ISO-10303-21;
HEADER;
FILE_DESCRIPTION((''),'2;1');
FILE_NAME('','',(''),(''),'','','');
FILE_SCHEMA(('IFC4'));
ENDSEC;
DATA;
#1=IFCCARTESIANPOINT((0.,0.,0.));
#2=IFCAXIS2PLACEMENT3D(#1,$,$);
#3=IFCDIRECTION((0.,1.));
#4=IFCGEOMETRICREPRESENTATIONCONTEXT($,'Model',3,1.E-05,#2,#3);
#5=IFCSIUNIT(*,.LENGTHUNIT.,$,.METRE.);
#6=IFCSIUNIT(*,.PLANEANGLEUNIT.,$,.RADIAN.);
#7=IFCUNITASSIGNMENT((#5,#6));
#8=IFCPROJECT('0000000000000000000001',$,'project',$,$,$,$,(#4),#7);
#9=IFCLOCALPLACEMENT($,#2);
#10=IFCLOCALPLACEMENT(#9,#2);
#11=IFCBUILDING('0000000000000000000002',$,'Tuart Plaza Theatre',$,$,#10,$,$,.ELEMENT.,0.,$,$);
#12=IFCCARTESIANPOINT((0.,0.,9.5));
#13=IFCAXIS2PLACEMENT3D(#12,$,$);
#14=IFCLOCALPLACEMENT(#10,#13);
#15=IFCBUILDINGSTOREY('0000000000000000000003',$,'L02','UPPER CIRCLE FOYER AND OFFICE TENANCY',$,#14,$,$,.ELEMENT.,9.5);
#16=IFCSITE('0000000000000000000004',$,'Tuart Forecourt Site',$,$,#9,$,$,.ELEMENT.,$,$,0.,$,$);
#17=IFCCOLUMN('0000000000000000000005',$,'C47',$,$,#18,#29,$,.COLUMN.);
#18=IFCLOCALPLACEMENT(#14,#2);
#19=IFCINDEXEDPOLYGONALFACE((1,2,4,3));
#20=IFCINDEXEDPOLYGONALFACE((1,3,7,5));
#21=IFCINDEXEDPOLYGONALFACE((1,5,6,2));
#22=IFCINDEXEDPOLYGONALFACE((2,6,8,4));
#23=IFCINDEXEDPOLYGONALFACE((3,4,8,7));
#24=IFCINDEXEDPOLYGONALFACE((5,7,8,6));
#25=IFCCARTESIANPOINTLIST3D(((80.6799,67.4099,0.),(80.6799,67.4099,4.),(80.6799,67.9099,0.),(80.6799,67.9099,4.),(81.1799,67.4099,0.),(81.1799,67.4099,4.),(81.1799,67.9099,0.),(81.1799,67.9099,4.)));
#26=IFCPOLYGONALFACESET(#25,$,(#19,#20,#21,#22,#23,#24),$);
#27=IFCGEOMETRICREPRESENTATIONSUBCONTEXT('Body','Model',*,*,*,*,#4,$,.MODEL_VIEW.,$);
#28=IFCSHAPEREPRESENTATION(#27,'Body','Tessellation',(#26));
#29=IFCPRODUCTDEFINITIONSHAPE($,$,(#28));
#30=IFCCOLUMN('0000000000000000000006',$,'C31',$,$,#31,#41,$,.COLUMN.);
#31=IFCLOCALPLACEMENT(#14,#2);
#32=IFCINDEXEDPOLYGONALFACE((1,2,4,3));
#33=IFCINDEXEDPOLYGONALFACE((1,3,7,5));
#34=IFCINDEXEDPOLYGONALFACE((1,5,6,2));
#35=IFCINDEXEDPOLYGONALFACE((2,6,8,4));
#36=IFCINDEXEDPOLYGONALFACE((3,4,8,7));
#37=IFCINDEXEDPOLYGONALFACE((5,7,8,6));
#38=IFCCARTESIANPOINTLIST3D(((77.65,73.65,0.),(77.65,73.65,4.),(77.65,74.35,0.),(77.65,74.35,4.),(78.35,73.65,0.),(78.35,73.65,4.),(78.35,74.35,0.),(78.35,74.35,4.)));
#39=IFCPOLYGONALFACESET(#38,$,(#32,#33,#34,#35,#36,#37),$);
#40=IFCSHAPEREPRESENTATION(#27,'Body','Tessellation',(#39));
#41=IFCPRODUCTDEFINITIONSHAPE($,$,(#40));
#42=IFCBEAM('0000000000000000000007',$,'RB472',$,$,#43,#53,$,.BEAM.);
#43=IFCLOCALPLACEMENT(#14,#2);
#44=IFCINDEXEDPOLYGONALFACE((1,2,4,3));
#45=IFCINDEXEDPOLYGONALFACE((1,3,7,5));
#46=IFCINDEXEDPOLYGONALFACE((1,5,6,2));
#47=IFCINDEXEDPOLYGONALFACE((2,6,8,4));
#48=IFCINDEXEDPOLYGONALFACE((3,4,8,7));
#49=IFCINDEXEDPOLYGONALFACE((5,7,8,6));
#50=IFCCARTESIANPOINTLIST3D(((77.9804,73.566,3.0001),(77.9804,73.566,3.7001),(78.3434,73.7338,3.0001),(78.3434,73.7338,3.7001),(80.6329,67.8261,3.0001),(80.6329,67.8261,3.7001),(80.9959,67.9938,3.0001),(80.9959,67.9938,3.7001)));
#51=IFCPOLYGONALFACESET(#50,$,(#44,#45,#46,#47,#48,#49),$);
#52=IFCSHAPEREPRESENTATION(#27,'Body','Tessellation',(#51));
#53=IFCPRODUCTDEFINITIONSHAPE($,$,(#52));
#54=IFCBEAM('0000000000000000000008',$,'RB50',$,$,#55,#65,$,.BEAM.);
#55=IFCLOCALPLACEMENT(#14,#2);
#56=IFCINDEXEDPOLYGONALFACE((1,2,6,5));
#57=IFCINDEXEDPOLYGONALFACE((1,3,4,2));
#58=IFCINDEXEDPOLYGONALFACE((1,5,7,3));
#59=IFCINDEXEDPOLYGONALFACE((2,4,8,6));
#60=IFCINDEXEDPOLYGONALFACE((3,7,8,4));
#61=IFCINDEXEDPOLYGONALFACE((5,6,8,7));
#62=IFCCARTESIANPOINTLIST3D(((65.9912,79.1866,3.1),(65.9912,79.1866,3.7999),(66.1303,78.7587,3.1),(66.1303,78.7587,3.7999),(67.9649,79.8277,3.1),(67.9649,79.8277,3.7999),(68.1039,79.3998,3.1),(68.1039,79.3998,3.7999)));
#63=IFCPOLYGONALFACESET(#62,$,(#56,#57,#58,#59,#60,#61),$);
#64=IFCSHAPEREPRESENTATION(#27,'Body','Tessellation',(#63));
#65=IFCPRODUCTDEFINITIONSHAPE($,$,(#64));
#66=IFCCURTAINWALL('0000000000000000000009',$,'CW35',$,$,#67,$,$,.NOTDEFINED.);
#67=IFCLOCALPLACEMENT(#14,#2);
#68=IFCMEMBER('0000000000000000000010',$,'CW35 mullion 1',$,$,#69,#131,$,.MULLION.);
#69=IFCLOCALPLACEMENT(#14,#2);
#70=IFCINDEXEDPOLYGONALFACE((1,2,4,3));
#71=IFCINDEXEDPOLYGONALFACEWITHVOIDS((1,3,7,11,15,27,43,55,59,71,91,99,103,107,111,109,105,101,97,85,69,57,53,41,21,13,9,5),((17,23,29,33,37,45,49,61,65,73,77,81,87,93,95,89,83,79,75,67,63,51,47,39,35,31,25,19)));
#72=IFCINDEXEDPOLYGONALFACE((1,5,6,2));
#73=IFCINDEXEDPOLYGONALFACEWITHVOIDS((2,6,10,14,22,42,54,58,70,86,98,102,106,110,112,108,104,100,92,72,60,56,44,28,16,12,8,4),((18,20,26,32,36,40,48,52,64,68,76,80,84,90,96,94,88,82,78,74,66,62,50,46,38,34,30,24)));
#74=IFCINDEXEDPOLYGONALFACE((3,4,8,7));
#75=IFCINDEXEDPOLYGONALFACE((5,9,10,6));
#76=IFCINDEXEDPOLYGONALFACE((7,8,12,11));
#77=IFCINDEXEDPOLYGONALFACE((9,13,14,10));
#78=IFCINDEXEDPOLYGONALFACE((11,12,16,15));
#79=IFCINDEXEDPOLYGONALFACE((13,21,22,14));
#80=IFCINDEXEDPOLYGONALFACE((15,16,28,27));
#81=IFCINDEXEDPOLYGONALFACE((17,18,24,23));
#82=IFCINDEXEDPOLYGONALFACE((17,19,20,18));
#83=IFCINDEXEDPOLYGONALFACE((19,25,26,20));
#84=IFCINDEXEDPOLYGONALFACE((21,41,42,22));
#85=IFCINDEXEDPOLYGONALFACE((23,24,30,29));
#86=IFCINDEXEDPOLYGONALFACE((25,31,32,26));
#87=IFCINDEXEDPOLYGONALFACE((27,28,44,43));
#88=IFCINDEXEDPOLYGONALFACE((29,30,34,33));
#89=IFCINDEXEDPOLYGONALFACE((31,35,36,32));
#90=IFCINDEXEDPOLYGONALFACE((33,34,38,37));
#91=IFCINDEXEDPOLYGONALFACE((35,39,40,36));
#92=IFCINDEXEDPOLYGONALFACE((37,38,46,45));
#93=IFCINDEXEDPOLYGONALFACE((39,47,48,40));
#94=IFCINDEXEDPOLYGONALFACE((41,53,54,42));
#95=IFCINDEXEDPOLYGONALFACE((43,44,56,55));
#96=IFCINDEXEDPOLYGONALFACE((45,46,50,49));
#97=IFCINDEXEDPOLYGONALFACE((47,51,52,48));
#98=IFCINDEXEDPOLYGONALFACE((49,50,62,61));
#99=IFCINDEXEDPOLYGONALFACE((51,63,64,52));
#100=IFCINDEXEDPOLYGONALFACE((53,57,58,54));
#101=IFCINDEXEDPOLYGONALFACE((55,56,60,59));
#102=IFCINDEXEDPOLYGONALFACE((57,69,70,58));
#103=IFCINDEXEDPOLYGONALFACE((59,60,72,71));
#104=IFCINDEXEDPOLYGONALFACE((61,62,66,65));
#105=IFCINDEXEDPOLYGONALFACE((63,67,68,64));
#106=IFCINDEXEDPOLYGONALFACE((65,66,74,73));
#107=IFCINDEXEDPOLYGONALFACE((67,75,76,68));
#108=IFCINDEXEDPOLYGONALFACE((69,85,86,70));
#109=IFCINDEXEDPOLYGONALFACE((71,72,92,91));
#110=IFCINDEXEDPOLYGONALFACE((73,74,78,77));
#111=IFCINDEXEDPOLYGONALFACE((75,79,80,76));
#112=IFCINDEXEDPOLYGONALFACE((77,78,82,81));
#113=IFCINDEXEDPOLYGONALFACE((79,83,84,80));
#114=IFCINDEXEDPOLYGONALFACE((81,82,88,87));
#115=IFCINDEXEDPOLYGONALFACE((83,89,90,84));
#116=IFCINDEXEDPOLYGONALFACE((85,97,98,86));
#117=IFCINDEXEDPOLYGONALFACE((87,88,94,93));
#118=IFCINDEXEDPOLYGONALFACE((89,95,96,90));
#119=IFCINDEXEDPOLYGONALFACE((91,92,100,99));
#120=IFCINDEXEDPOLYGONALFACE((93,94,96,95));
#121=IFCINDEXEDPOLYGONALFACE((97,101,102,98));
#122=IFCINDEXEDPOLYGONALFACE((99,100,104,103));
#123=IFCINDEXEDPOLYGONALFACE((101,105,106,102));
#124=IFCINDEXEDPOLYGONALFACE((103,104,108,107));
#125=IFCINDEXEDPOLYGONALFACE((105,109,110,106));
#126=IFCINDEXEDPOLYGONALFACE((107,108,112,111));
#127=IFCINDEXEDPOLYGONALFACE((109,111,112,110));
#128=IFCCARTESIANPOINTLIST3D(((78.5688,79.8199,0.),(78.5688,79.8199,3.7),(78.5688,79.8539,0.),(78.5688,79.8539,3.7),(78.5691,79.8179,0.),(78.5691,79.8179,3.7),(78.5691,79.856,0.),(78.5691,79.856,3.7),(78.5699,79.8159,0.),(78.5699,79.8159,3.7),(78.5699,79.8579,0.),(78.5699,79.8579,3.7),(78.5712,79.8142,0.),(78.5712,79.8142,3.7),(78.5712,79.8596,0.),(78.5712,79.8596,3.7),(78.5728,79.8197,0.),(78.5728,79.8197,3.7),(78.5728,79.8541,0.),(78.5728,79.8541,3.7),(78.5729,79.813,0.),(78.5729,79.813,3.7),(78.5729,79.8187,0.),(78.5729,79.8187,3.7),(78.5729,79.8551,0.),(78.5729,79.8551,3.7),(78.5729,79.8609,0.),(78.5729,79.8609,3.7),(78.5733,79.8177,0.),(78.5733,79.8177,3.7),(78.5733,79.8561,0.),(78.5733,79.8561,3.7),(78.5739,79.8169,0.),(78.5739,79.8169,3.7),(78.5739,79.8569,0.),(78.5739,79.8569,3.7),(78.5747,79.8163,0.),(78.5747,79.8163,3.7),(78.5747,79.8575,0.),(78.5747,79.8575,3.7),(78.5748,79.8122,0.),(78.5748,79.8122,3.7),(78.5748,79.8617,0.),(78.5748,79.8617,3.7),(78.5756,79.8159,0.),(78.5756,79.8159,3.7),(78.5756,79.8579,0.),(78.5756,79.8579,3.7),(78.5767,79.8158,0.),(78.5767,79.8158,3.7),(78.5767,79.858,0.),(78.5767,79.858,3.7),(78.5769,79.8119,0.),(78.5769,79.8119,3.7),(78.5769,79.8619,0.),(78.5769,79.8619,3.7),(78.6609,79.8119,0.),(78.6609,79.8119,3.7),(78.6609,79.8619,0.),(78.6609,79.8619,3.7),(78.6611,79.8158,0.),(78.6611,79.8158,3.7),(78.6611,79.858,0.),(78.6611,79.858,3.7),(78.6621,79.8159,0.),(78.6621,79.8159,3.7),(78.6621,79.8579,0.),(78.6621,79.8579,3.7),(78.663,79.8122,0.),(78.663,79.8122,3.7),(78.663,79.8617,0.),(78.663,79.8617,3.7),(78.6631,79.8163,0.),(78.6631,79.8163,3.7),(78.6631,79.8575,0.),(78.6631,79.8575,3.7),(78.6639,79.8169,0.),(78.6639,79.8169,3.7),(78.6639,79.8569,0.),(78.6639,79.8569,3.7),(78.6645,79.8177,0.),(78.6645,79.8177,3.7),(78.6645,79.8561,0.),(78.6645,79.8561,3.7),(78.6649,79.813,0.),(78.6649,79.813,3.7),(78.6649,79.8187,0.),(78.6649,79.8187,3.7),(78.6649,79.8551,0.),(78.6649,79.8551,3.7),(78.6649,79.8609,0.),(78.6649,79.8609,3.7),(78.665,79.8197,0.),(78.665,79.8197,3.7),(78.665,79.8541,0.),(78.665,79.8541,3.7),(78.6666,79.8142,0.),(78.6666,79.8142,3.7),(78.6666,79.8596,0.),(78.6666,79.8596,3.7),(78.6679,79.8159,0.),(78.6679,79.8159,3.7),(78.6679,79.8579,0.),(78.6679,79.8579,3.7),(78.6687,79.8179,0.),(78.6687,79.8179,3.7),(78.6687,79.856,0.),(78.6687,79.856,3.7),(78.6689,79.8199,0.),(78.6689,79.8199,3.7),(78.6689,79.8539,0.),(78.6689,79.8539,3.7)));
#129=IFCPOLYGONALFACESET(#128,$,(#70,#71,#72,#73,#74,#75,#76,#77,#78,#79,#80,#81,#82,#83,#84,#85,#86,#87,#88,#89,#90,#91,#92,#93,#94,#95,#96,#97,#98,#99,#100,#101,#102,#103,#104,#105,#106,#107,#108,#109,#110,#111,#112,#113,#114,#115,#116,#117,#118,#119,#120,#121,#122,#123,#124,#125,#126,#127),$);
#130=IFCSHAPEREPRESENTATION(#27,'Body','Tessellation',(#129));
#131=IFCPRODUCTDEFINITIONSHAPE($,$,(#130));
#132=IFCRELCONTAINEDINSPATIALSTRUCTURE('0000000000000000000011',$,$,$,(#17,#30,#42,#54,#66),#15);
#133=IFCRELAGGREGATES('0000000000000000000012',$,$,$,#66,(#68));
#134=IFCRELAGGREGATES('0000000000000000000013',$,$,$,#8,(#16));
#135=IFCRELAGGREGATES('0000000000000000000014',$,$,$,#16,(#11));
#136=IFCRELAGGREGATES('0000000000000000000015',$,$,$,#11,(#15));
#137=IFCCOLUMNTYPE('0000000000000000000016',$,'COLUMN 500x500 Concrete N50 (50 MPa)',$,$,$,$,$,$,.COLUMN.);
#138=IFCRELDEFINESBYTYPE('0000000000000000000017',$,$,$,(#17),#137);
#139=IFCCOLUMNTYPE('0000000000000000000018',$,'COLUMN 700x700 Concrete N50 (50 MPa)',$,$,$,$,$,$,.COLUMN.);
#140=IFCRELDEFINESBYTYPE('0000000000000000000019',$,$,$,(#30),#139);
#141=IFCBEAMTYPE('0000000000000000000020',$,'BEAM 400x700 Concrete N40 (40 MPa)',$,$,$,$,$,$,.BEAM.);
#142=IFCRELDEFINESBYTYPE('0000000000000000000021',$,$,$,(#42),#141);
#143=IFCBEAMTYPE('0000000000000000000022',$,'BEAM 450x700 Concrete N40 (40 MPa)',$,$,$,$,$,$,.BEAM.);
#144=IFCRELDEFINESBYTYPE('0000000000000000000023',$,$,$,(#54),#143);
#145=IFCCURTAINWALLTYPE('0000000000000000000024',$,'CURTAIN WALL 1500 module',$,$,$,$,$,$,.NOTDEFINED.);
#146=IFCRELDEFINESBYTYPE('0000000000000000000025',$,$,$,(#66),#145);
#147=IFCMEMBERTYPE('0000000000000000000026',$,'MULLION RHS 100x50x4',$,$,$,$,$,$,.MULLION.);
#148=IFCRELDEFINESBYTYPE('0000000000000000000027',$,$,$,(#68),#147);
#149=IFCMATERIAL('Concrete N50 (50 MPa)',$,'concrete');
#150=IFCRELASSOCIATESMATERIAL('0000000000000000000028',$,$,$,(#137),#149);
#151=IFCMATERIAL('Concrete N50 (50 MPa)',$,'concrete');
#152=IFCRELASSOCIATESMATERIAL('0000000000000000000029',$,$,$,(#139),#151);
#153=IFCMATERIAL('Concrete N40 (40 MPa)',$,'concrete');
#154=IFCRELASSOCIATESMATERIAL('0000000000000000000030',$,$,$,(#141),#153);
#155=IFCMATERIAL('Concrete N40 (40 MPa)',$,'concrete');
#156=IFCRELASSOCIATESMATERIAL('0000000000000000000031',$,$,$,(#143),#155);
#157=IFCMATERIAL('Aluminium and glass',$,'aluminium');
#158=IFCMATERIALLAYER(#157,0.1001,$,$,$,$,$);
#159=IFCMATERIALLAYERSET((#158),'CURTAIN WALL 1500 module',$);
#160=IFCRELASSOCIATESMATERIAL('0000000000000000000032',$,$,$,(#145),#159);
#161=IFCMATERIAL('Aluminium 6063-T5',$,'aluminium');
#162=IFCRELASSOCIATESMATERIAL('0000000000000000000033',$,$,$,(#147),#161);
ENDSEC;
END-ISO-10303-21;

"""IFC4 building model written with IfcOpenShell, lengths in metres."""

from ifc_helpers import new_model, si_unit, direction, frame, origin, origin_2d, place, context, subcontext, project, spatial, rectangle, hollow_rectangle, extrude, material, layer, layer_set, material_profile, profile_set, type_object, element, aggregate, save


model = new_model("IFC4")

# Units and contexts
model_context = context("Model", 3, precision=1e-05, world=origin(), true_north=direction((0.0, 1.0)))
body_context = subcontext(model_context, "Body", "Model", "MODEL_VIEW")
ifc_project = project(units=[si_unit("LENGTHUNIT", "METRE"), si_unit("PLANEANGLEUNIT", "RADIAN")], contexts=[model_context])

# Site, building, storey
site_placement = place(None, origin())
site = spatial("IfcSite", under=ifc_project, at=site_placement, Name="Tuart Forecourt Site", CompositionType="ELEMENT", RefElevation=0.0)
building_placement = place(site_placement, origin())
building = spatial("IfcBuilding", under=site, at=building_placement, Name="Tuart Plaza Theatre", CompositionType="ELEMENT", ElevationOfRefHeight=0.0)
storey_placement = place(building_placement, frame((0.0, 0.0, 9.5)))
storey = spatial("IfcBuildingStorey", under=building, at=storey_placement, Name="L02", Description="UPPER CIRCLE FOYER AND OFFICE TENANCY", CompositionType="ELEMENT", Elevation=9.5)

# Columns
ifc_material_1 = material(Name="Concrete N50 (50 MPa)", Category="concrete")
ifc_material_profile_1 = material_profile(ifc_material_1, rectangle(XDim=0.5, YDim=0.5, at=origin_2d()), Name="COLUMN 500x500 Concrete N50 (50 MPa)")
ifc_profile_set_1 = profile_set([ifc_material_profile_1], Name="Concrete N50 (50 MPa)")
column_type_1 = type_object("IfcColumnType", Name="COLUMN 500x500 Concrete N50 (50 MPa)", PredefinedType="COLUMN", material=ifc_profile_set_1)
column_1_placement = place(storey_placement, frame((80.9299, 67.6599, 0.0), z_axis=(0.0, 0.0, 1.0), x_axis=(1.0, 0.0, 0.0)))
element("IfcColumn", 1, at=column_1_placement, inside=storey, type_object=column_type_1, Name="C47", PredefinedType="COLUMN", context=body_context, shape_type="SweptSolid", body=[
    extrude(rectangle(XDim=0.5, YDim=0.5, at=origin_2d()), origin(), (0.0, 0.0, 1.0), 4.0),
])
ifc_material_2 = material(Name="Concrete N50 (50 MPa)", Category="concrete")
ifc_material_profile_2 = material_profile(ifc_material_2, rectangle(XDim=0.7, YDim=0.7, at=origin_2d()), Name="COLUMN 700x700 Concrete N50 (50 MPa)")
ifc_profile_set_2 = profile_set([ifc_material_profile_2], Name="Concrete N50 (50 MPa)")
column_type_2 = type_object("IfcColumnType", Name="COLUMN 700x700 Concrete N50 (50 MPa)", PredefinedType="COLUMN", material=ifc_profile_set_2)
column_2_placement = place(storey_placement, frame((78.0, 74.0, 0.0), z_axis=(0.0, 0.0, 1.0), x_axis=(1.0, 0.0, 0.0)))
element("IfcColumn", 2, at=column_2_placement, inside=storey, type_object=column_type_2, Name="C31", PredefinedType="COLUMN", context=body_context, shape_type="SweptSolid", body=[
    extrude(rectangle(XDim=0.7, YDim=0.7, at=origin_2d()), origin(), (0.0, 0.0, 1.0), 4.0),
])

# Beams
ifc_material_3 = material(Name="Concrete N40 (40 MPa)", Category="concrete")
ifc_material_profile_3 = material_profile(ifc_material_3, rectangle(XDim=0.3999, YDim=0.7, at=origin_2d()), Name="BEAM 400x700 Concrete N40 (40 MPa)")
ifc_profile_set_3 = profile_set([ifc_material_profile_3], Name="Concrete N40 (40 MPa)")
beam_type_1 = type_object("IfcBeamType", Name="BEAM 400x700 Concrete N40 (40 MPa)", PredefinedType="BEAM", material=ifc_profile_set_3)
beam_1_placement = place(storey_placement, frame((78.1619, 73.6499, 3.3501), z_axis=(0.419496, -0.907757, 0.0), x_axis=(0.907757, 0.419496, 0.0)))
element("IfcBeam", 3, at=beam_1_placement, inside=storey, type_object=beam_type_1, Name="RB472", PredefinedType="BEAM", context=body_context, shape_type="SweptSolid", body=[
    extrude(rectangle(XDim=0.3999, YDim=0.7, at=origin_2d()), origin(), (0.0, 0.0, 1.0), 6.3232),
])
ifc_material_4 = material(Name="Concrete N40 (40 MPa)", Category="concrete")
ifc_material_profile_4 = material_profile(ifc_material_4, rectangle(XDim=0.45, YDim=0.7, at=origin_2d()), Name="BEAM 450x700 Concrete N40 (40 MPa)")
ifc_profile_set_4 = profile_set([ifc_material_profile_4], Name="Concrete N40 (40 MPa)")
beam_type_2 = type_object("IfcBeamType", Name="BEAM 450x700 Concrete N40 (40 MPa)", PredefinedType="BEAM", material=ifc_profile_set_4)
beam_2_placement = place(storey_placement, frame((68.0344, 79.6138, 3.45), z_axis=(-0.951079, -0.308948, 0.0), x_axis=(0.308948, -0.951079, 0.0)))
element("IfcBeam", 4, at=beam_2_placement, inside=storey, type_object=beam_type_2, Name="RB50", PredefinedType="BEAM", context=body_context, shape_type="SweptSolid", body=[
    extrude(rectangle(XDim=0.45, YDim=0.7, at=origin_2d()), origin(), (0.0, 0.0, 1.0), 2.0752),
])

# Curtain wall, member
ifc_material_5 = material(Name="Aluminium and glass", Category="aluminium")
ifc_layer_1 = layer(ifc_material_5, 0.1001)
ifc_layer_set_1 = layer_set([ifc_layer_1], Name="CURTAIN WALL 1500 module")
curtain_wall_type = type_object("IfcCurtainWallType", Name="CURTAIN WALL 1500 module", PredefinedType="NOTDEFINED", material=ifc_layer_set_1)
curtain_wall_placement = place(storey_placement, origin())
curtain_wall = element("IfcCurtainWall", 5, at=curtain_wall_placement, inside=storey, type_object=curtain_wall_type, Name="CW35", PredefinedType="NOTDEFINED")
ifc_material_6 = material(Name="Aluminium 6063-T5", Category="aluminium")
ifc_material_profile_5 = material_profile(ifc_material_6, hollow_rectangle(XDim=0.05, YDim=0.1001, WallThickness=0.0039, InnerFilletRadius=0.0039, OuterFilletRadius=0.0081, at=origin_2d()), Name="RHS 100x50x4")
ifc_profile_set_5 = profile_set([ifc_material_profile_5], Name="Aluminium 6063-T5")
member_type_1 = type_object("IfcMemberType", Name="MULLION RHS 100x50x4", PredefinedType="MULLION", material=ifc_profile_set_5)
member_1_placement = place(storey_placement, frame((78.6189, 79.8369, 0.0), z_axis=(0.0, 0.0, 1.0), x_axis=(0.0, 1.0, 0.0)))
member_1 = element("IfcMember", 6, at=member_1_placement, type_object=member_type_1, Name="CW35 mullion 1", PredefinedType="MULLION", context=body_context, shape_type="SweptSolid", body=[
    extrude(hollow_rectangle(XDim=0.05, YDim=0.1001, WallThickness=0.0039, InnerFilletRadius=0.0039, OuterFilletRadius=0.0081, at=origin_2d()), origin(), (0.0, 0.0, 1.0), 3.7),
])
aggregate(curtain_wall, [member_1])

save(model, "model.ifc")
